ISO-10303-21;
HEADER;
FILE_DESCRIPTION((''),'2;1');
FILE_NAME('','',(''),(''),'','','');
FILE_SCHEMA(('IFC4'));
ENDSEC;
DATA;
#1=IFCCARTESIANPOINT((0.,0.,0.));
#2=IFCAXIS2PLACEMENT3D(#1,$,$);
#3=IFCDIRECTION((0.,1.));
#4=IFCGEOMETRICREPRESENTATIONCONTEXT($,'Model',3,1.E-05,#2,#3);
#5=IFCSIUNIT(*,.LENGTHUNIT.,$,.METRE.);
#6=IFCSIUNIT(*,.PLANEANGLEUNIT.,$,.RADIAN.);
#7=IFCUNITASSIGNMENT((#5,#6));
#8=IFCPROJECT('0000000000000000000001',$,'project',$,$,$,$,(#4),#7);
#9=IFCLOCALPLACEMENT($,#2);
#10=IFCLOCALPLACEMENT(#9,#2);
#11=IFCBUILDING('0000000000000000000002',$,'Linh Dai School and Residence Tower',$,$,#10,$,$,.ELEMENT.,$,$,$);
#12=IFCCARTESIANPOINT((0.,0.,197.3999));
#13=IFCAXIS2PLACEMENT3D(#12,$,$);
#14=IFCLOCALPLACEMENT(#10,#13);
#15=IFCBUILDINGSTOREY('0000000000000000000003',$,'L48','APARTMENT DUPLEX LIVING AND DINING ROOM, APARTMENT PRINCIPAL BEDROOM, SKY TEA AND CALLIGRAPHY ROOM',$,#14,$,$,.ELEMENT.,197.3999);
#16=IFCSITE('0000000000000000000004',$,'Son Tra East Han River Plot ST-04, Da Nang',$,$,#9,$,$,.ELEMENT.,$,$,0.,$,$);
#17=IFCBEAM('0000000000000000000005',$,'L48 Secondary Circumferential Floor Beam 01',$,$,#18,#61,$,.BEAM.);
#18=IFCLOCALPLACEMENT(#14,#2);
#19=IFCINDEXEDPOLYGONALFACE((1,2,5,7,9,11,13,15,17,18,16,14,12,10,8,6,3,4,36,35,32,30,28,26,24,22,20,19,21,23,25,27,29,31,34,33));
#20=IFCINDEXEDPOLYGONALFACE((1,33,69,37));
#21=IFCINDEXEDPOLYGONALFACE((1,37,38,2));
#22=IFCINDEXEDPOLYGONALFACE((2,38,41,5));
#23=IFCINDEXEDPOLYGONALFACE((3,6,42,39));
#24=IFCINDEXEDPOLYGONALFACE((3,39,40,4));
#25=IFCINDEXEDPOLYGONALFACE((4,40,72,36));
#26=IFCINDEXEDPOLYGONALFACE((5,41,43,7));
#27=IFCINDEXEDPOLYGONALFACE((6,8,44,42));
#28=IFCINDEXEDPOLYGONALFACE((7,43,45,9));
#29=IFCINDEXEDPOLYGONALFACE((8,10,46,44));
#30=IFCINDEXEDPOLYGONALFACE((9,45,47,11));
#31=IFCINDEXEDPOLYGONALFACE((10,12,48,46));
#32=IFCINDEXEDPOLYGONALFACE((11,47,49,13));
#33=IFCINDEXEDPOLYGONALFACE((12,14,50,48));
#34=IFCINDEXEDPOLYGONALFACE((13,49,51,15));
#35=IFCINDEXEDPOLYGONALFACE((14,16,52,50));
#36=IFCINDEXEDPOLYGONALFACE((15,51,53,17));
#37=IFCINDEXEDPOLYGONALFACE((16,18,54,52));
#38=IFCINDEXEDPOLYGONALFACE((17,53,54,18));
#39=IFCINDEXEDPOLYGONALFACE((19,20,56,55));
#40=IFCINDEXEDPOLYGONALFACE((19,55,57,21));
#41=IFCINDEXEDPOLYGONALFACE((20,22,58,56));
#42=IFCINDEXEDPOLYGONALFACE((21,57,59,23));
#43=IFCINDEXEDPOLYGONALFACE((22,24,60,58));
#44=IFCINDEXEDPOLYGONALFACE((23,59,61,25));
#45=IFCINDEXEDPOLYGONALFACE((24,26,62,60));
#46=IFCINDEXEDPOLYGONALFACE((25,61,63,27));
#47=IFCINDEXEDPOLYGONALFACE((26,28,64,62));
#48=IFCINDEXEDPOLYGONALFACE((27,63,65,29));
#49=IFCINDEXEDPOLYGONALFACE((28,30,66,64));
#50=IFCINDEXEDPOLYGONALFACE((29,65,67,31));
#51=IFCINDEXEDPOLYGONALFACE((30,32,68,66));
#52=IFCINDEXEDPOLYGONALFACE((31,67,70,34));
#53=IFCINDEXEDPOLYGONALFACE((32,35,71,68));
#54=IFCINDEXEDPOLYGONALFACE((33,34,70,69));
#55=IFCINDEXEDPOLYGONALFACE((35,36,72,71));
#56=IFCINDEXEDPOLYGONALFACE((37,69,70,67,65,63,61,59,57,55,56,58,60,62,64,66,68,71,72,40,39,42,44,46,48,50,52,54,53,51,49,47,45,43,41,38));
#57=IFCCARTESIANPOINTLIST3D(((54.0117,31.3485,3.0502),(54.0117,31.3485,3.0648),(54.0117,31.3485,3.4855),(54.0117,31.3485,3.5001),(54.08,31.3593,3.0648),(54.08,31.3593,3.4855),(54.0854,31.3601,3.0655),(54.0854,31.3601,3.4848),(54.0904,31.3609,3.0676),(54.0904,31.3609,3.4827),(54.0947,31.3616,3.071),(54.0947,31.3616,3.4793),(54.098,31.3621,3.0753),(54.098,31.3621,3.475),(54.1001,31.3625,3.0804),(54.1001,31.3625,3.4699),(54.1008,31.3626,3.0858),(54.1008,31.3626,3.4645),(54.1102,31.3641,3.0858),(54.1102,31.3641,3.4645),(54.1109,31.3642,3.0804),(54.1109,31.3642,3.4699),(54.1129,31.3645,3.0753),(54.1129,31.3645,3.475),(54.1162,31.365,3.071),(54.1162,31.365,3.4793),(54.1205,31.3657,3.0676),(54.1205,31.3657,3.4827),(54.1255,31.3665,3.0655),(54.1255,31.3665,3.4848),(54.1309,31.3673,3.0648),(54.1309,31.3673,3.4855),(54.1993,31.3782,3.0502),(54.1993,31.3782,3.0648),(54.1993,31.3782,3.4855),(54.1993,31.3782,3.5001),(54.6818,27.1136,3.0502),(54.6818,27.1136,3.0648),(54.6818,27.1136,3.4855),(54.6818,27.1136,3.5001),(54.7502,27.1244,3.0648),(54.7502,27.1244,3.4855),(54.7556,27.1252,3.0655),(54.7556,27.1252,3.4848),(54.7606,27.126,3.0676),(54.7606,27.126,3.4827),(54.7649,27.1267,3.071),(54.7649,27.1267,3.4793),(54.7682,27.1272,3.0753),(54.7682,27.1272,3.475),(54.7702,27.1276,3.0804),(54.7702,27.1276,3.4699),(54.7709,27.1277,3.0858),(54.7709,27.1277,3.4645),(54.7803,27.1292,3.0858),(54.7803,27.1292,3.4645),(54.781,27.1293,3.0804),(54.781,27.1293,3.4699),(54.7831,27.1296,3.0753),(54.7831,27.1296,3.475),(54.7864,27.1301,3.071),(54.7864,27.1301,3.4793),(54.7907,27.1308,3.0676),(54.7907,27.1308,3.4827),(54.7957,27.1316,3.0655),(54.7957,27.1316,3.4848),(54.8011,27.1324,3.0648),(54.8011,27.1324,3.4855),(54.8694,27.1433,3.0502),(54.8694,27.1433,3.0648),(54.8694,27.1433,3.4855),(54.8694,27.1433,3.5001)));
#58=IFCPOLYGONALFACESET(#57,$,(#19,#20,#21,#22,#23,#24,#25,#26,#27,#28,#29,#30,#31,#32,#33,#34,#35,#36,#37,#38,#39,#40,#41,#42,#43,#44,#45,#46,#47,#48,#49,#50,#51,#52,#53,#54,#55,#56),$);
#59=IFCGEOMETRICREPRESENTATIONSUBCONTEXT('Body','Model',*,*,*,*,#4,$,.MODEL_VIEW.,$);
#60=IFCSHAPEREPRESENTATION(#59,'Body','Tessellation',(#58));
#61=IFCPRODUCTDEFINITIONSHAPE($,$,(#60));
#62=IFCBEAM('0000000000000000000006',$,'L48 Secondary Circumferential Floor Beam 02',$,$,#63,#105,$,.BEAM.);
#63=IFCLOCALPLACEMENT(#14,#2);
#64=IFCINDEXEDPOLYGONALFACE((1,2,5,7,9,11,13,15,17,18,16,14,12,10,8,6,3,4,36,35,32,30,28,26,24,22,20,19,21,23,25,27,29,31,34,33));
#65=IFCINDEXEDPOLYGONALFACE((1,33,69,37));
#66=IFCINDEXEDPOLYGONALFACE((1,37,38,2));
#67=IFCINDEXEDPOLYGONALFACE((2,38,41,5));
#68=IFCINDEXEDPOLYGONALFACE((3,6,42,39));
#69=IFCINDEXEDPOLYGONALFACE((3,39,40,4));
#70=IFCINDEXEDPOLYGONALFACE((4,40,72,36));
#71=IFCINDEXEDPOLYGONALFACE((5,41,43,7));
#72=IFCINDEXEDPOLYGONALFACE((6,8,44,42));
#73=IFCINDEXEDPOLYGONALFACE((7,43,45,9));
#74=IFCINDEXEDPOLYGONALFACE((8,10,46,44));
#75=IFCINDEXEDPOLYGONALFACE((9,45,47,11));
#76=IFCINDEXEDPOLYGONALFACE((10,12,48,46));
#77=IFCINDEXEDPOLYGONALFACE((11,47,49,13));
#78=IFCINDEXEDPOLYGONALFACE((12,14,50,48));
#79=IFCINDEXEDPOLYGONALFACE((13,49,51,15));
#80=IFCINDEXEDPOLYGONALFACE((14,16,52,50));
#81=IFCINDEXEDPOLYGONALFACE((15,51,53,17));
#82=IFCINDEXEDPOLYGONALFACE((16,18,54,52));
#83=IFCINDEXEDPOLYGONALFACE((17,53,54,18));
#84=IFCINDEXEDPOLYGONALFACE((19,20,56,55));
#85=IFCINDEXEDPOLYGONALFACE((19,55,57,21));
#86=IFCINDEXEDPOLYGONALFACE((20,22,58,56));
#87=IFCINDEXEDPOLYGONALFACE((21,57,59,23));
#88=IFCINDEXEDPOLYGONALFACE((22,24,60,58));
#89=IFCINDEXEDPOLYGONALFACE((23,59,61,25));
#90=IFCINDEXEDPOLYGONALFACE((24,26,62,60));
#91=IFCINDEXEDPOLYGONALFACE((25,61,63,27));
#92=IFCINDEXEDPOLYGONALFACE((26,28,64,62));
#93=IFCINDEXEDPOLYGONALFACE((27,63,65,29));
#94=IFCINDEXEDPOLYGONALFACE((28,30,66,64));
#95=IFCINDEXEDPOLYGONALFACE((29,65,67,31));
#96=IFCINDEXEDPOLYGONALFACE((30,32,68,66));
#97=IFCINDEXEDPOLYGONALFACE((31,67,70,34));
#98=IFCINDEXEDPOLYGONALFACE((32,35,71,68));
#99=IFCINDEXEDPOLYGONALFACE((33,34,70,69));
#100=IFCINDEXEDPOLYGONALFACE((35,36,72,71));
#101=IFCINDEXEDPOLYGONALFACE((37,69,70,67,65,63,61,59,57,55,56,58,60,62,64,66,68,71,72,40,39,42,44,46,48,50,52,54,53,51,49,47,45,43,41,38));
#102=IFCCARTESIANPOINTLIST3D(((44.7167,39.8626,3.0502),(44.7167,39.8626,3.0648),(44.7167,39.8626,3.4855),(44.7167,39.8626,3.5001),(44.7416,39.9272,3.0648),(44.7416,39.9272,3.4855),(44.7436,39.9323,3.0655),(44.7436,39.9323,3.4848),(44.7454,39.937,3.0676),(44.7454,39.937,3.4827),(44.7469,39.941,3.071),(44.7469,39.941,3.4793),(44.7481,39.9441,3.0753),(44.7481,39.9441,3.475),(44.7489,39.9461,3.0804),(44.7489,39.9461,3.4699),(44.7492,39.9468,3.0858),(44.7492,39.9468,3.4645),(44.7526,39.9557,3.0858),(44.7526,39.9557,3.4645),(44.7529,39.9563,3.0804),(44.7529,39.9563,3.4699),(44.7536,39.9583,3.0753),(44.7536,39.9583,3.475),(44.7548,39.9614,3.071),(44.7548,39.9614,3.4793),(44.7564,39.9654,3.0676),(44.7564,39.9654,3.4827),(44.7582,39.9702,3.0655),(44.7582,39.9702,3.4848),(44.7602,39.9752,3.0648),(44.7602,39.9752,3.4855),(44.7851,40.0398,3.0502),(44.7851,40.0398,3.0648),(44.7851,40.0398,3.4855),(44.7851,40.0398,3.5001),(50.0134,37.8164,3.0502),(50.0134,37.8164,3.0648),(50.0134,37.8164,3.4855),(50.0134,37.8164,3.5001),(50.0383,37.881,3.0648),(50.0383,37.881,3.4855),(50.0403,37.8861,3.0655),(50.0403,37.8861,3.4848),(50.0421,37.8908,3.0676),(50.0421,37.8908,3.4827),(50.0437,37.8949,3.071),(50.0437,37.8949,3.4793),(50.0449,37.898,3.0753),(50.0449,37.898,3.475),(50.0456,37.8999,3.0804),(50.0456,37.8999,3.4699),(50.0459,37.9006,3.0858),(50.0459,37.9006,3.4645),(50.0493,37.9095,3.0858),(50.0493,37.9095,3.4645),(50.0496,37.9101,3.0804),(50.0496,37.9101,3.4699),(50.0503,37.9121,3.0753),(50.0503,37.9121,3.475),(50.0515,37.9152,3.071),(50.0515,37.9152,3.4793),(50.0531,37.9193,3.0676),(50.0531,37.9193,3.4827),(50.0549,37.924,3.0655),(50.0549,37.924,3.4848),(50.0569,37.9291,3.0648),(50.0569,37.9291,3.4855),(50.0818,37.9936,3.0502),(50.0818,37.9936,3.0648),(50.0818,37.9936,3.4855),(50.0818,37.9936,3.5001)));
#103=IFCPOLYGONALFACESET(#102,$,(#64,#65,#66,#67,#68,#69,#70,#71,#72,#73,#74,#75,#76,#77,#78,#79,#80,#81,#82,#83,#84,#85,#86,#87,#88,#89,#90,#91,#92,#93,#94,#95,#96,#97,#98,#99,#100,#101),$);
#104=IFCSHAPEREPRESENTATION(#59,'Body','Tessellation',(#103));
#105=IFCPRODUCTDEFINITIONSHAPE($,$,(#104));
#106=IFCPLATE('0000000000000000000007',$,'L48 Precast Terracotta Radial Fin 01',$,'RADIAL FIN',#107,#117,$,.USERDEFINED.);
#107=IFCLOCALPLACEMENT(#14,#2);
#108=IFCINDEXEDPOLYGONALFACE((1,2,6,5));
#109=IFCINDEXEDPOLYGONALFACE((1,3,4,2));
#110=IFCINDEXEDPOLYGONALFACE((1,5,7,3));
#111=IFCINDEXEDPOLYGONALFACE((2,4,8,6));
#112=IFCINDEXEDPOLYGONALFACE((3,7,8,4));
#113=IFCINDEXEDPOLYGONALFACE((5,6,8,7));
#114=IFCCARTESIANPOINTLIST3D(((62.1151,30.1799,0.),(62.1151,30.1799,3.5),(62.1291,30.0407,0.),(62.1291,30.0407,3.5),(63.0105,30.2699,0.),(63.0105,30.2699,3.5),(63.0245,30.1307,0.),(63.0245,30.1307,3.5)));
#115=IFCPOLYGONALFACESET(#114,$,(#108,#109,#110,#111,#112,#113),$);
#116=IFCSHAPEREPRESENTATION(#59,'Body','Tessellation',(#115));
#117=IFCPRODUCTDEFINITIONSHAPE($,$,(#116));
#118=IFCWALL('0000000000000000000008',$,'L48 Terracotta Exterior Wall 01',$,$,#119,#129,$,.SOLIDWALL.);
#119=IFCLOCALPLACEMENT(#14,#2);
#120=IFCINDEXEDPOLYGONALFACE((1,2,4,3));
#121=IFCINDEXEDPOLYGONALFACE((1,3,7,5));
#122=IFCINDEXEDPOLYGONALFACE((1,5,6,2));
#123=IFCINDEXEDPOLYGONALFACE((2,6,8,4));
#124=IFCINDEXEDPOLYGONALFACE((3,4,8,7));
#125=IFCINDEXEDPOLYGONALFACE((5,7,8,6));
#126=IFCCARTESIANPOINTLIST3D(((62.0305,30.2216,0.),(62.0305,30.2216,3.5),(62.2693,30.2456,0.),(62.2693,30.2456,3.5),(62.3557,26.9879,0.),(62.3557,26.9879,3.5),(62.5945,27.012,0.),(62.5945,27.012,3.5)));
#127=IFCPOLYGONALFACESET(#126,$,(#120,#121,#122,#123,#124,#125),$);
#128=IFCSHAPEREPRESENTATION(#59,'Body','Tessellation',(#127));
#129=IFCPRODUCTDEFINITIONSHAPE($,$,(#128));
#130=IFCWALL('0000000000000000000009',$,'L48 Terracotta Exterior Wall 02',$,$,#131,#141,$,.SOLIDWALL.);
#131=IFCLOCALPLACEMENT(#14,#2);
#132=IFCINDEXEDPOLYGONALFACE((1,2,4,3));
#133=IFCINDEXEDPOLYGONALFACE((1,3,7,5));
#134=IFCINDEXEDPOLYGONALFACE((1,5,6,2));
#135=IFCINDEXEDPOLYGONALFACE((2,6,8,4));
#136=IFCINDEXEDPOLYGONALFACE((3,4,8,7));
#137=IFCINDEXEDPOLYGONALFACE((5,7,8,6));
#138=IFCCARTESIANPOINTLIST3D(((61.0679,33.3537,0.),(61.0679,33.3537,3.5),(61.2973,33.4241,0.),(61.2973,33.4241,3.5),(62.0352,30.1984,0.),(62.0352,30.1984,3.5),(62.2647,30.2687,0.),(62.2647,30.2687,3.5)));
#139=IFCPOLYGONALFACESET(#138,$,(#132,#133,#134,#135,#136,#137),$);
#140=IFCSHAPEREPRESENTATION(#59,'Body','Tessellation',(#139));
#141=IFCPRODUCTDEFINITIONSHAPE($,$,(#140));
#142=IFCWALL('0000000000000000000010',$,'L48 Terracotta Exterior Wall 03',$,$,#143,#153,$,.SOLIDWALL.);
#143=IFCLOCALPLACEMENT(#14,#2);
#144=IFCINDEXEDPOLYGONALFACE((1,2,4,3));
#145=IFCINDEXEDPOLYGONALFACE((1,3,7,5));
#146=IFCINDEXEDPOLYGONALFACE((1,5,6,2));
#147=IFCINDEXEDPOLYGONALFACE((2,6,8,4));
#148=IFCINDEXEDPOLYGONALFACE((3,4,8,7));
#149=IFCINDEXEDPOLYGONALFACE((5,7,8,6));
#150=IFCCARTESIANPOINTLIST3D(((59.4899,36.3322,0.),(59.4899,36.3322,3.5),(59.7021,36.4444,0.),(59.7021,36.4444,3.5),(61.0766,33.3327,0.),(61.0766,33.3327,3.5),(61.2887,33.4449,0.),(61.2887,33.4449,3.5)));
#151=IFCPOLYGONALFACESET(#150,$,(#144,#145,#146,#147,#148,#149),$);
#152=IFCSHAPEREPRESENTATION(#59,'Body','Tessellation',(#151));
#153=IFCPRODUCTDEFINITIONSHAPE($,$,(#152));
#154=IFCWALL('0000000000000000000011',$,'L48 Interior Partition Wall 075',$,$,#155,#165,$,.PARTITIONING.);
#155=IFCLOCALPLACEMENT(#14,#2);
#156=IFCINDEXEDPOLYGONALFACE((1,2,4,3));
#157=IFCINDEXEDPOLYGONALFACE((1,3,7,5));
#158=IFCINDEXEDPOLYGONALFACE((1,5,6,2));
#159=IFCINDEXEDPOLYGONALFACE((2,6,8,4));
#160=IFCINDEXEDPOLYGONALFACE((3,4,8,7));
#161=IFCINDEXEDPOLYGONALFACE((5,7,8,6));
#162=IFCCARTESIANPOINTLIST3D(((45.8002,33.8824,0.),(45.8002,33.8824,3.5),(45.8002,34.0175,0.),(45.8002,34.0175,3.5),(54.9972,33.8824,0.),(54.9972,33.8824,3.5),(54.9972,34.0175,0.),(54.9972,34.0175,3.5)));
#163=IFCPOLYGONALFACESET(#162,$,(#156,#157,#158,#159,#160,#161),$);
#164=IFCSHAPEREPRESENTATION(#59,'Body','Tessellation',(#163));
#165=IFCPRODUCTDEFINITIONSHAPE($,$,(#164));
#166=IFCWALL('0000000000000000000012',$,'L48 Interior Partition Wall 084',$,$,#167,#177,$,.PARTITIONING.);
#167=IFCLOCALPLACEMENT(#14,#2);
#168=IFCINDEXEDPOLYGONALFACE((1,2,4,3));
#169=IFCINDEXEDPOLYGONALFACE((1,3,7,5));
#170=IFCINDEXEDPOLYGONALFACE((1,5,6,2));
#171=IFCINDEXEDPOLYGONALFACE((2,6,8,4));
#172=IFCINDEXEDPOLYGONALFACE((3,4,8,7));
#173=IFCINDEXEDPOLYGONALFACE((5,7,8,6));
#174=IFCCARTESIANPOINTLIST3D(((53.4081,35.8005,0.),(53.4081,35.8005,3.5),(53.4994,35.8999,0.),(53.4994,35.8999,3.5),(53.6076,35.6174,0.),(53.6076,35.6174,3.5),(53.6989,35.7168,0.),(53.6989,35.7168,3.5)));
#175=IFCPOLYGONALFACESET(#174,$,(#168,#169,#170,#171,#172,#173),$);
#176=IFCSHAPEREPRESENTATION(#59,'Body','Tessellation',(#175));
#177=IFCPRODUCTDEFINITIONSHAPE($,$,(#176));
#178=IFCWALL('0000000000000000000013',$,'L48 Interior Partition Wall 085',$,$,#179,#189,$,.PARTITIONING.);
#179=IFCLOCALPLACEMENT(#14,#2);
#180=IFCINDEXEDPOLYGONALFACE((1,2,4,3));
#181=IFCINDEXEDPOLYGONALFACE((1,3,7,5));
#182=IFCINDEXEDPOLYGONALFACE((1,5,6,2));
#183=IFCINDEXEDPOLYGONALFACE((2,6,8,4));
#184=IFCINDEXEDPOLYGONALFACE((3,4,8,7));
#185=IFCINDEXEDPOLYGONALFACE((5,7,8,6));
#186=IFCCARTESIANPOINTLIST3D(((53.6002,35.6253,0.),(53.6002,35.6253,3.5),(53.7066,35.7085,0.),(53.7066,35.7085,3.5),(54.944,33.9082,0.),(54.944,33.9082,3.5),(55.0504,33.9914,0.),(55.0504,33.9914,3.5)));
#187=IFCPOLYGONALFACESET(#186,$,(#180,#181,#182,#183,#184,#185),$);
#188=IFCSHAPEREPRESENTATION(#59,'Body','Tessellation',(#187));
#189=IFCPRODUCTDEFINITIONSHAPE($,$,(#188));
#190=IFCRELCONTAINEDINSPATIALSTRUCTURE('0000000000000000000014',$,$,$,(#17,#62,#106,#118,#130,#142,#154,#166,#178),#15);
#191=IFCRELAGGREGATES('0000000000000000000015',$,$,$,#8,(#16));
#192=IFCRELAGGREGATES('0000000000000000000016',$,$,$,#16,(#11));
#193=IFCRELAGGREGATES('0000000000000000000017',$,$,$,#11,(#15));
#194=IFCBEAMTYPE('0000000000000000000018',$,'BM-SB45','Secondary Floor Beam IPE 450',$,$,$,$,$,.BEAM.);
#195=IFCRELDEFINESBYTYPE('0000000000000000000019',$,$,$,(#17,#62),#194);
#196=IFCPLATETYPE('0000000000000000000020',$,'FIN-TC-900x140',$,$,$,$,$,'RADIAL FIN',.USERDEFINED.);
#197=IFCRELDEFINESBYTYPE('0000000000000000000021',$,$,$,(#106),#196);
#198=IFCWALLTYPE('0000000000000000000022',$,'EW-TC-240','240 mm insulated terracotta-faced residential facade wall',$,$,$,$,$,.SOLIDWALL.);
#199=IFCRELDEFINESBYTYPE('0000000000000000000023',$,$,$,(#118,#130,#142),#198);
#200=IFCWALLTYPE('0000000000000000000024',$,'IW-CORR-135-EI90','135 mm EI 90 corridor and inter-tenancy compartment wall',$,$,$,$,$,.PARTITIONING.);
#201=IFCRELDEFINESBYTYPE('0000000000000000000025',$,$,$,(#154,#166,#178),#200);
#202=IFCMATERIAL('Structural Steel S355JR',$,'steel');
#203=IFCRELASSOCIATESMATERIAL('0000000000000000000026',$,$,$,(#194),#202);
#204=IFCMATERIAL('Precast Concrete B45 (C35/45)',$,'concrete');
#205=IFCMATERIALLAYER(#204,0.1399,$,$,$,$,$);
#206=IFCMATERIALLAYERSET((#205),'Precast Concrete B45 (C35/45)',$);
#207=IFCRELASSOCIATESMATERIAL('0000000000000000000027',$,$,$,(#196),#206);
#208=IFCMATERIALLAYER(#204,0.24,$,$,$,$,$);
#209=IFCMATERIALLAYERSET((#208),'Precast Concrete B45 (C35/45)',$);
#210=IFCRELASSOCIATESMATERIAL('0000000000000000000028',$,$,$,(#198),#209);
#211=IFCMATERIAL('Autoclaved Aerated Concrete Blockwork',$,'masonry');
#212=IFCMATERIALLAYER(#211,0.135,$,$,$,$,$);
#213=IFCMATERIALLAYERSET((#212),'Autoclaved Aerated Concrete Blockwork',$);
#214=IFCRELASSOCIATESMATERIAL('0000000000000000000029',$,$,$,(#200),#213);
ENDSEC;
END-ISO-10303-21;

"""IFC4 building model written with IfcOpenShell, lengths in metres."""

from ifc_helpers import new_model, si_unit, direction, frame, frame_2d, origin, origin_2d, place, context, subcontext, project, spatial, rectangle, i_section, extrude, source, transform, mapped, material, layer, layer_set, material_profile, profile_set, type_object, element, save


model = new_model("IFC4")

# Units and contexts
model_context = context("Model", 3, precision=1e-05, world=origin(), true_north=direction((0.0, 1.0)))
body_context = subcontext(model_context, "Body", "Model", "MODEL_VIEW")
ifc_project = project(units=[si_unit("LENGTHUNIT", "METRE"), si_unit("PLANEANGLEUNIT", "RADIAN")], contexts=[model_context])

# Site, building, storey
site_placement = place(None, origin())
site = spatial("IfcSite", under=ifc_project, at=site_placement, Name="Son Tra East Han River Plot ST-04, Da Nang", CompositionType="ELEMENT", RefElevation=0.0)
building_placement = place(site_placement, origin())
building = spatial("IfcBuilding", under=site, at=building_placement, Name="Linh Dai School and Residence Tower", CompositionType="ELEMENT")
storey_placement = place(building_placement, frame((0.0, 0.0, 197.3999)))
storey = spatial("IfcBuildingStorey", under=building, at=storey_placement, Name="L48", Description="APARTMENT DUPLEX LIVING AND DINING ROOM, APARTMENT PRINCIPAL BEDROOM, SKY TEA AND CALLIGRAPHY ROOM", CompositionType="ELEMENT", Elevation=197.3999)

# Shared definitions
ifc_material_1 = material(Name="Structural Steel S355JR", Category="steel")

# Beams
ifc_material_profile_1 = material_profile(ifc_material_1, i_section(OverallWidth=0.1899, OverallDepth=0.45, WebThickness=0.0095, FlangeThickness=0.0146, FilletRadius=0.021, at=origin_2d()), Name="IPE 450")
ifc_profile_set_1 = profile_set([ifc_material_profile_1], Name="Structural Steel S355JR")
beam_type_1 = type_object("IfcBeamType", Name="BM-SB45", Description="Secondary Floor Beam IPE 450", PredefinedType="BEAM", material=ifc_profile_set_1)
beam_1_placement = place(storey_placement, frame((54.7756, 27.1284, 3.2751), z_axis=(-0.156305, 0.987709, 0.0), x_axis=(-0.987709, -0.156305, 0.0)))
element("IfcBeam", 1, at=beam_1_placement, inside=storey, type_object=beam_type_1, Name="L48 Secondary Circumferential Floor Beam 01", PredefinedType="BEAM", context=body_context, shape_type="SweptSolid", body=[
    extrude(i_section(OverallWidth=0.1899, OverallDepth=0.45, WebThickness=0.0095, FlangeThickness=0.0146, FilletRadius=0.021, at=origin_2d()), origin(), (0.0, 0.0, 1.0), 4.2876),
])
beam_2_placement = place(storey_placement, frame((50.0476, 37.905, 3.2751), z_axis=(-0.932815, 0.360356, 0.0), x_axis=(-0.360356, -0.932815, 0.0)))
element("IfcBeam", 2, at=beam_2_placement, inside=storey, type_object=beam_type_1, Name="L48 Secondary Circumferential Floor Beam 02", PredefinedType="BEAM", context=body_context, shape_type="SweptSolid", body=[
    extrude(i_section(OverallWidth=0.1899, OverallDepth=0.45, WebThickness=0.0095, FlangeThickness=0.0146, FilletRadius=0.021, at=origin_2d()), origin(), (0.0, 0.0, 1.0), 5.6782),
])

# Plate
ifc_material_2 = material(Name="Precast Concrete B45 (C35/45)", Category="concrete")
ifc_layer_1 = layer(ifc_material_2, 0.1399)
ifc_layer_set_1 = layer_set([ifc_layer_1], Name="Precast Concrete B45 (C35/45)")
plate_type = type_object("IfcPlateType", Name="FIN-TC-900x140", ElementType="RADIAL FIN", PredefinedType="USERDEFINED", material=ifc_layer_set_1)
shared_shape_1 = source(origin(), body_context, "Body", "SweptSolid", [
    extrude(rectangle(XDim=0.8999, YDim=0.1399, at=origin_2d()), origin(), (0.0, 0.0, 1.0), 3.5),
])
plate_placement = place(storey_placement, frame((62.5698, 30.1553, 0.0), z_axis=(0.0, 0.0, 1.0), x_axis=(0.994987, 0.100002, 0.0)))
element("IfcPlate", 3, at=plate_placement, inside=storey, type_object=plate_type, Name="L48 Precast Terracotta Radial Fin 01", ObjectType="RADIAL FIN", PredefinedType="USERDEFINED", context=body_context, shape_type="MappedRepresentation", body=[
    mapped(shared_shape_1, transform((0.0, 0.0, 0.0), x_axis=(1.0, 0.0, 0.0), y_axis=(0.0, 1.0, 0.0), z_axis=(0.0, 0.0, 1.0), scale=1.0)),
])

# Walls
ifc_layer_2 = layer(ifc_material_2, 0.24)
ifc_layer_set_2 = layer_set([ifc_layer_2], Name="Precast Concrete B45 (C35/45)")
wall_type_1 = type_object("IfcWallType", Name="EW-TC-240", Description="240 mm insulated terracotta-faced residential facade wall", PredefinedType="SOLIDWALL", material=ifc_layer_set_2)
wall_1_placement = place(storey_placement, frame((62.1499, 30.2336, 0.0), z_axis=(0.0, 0.0, 1.0), x_axis=(0.100062, -0.994981, 0.0)))
element("IfcWall", 4, at=wall_1_placement, inside=storey, type_object=wall_type_1, Name="L48 Terracotta Exterior Wall 01", PredefinedType="SOLIDWALL", context=body_context, shape_type="SweptSolid", body=[
    extrude(rectangle(XDim=3.25, YDim=0.24, at=frame_2d((1.625, 0.0))), origin(), (0.0, 0.0, 1.0), 3.5),
])
wall_2_placement = place(storey_placement, frame((61.1826, 33.3889, 0.0), z_axis=(0.0, 0.0, 1.0), x_axis=(0.293098, -0.956082, 0.0)))
element("IfcWall", 5, at=wall_2_placement, inside=storey, type_object=wall_type_1, Name="L48 Terracotta Exterior Wall 02", PredefinedType="SOLIDWALL", context=body_context, shape_type="SweptSolid", body=[
    extrude(rectangle(XDim=3.3003, YDim=0.24, at=frame_2d((1.6501, 0.0))), origin(), (0.0, 0.0, 1.0), 3.5),
])
wall_3_placement = place(storey_placement, frame((59.5959, 36.3884, 0.0), z_axis=(0.0, 0.0, 1.0), x_axis=(0.467587, -0.883947, 0.0)))
element("IfcWall", 6, at=wall_3_placement, inside=storey, type_object=wall_type_1, Name="L48 Terracotta Exterior Wall 03", PredefinedType="SOLIDWALL", context=body_context, shape_type="SweptSolid", body=[
    extrude(rectangle(XDim=3.3933, YDim=0.24, at=frame_2d((1.6968, 0.0))), origin(), (0.0, 0.0, 1.0), 3.5),
])
ifc_material_3 = material(Name="Autoclaved Aerated Concrete Blockwork", Category="masonry")
ifc_layer_3 = layer(ifc_material_3, 0.135)
ifc_layer_set_3 = layer_set([ifc_layer_3], Name="Autoclaved Aerated Concrete Blockwork")
wall_type_2 = type_object("IfcWallType", Name="IW-CORR-135-EI90", Description="135 mm EI 90 corridor and inter-tenancy compartment wall", PredefinedType="PARTITIONING", material=ifc_layer_set_3)
wall_4_placement = place(storey_placement, frame((45.8, 33.95, 0.0), z_axis=(0.0, 0.0, 1.0), x_axis=(1.0, 0.0, 0.0)))
element("IfcWall", 7, at=wall_4_placement, inside=storey, type_object=wall_type_2, Name="L48 Interior Partition Wall 075", PredefinedType="PARTITIONING", context=body_context, shape_type="SweptSolid", body=[
    extrude(rectangle(XDim=9.197, YDim=0.135, at=frame_2d((4.5986, 0.0))), origin(), (0.0, 0.0, 1.0), 3.5),
])
wall_5_placement = place(storey_placement, frame((53.4539, 35.8501, 0.0), z_axis=(0.0, 0.0, 1.0), x_axis=(0.736667, -0.676255, 0.0)))
element("IfcWall", 8, at=wall_5_placement, inside=storey, type_object=wall_type_2, Name="L48 Interior Partition Wall 084", PredefinedType="PARTITIONING", context=body_context, shape_type="SweptSolid", body=[
    extrude(rectangle(XDim=0.2708, YDim=0.135, at=frame_2d((0.1353, 0.0))), origin(), (0.0, 0.0, 1.0), 3.5),
])
wall_6_placement = place(storey_placement, frame((53.6533, 35.667, 0.0), z_axis=(0.0, 0.0, 1.0), x_axis=(0.616302, -0.78751, 0.0)))
element("IfcWall", 9, at=wall_6_placement, inside=storey, type_object=wall_type_2, Name="L48 Interior Partition Wall 085", PredefinedType="PARTITIONING", context=body_context, shape_type="SweptSolid", body=[
    extrude(rectangle(XDim=2.1804, YDim=0.135, at=frame_2d((1.0903, 0.0))), origin(), (0.0, 0.0, 1.0), 3.5),
])

save(model, "model.ifc")
